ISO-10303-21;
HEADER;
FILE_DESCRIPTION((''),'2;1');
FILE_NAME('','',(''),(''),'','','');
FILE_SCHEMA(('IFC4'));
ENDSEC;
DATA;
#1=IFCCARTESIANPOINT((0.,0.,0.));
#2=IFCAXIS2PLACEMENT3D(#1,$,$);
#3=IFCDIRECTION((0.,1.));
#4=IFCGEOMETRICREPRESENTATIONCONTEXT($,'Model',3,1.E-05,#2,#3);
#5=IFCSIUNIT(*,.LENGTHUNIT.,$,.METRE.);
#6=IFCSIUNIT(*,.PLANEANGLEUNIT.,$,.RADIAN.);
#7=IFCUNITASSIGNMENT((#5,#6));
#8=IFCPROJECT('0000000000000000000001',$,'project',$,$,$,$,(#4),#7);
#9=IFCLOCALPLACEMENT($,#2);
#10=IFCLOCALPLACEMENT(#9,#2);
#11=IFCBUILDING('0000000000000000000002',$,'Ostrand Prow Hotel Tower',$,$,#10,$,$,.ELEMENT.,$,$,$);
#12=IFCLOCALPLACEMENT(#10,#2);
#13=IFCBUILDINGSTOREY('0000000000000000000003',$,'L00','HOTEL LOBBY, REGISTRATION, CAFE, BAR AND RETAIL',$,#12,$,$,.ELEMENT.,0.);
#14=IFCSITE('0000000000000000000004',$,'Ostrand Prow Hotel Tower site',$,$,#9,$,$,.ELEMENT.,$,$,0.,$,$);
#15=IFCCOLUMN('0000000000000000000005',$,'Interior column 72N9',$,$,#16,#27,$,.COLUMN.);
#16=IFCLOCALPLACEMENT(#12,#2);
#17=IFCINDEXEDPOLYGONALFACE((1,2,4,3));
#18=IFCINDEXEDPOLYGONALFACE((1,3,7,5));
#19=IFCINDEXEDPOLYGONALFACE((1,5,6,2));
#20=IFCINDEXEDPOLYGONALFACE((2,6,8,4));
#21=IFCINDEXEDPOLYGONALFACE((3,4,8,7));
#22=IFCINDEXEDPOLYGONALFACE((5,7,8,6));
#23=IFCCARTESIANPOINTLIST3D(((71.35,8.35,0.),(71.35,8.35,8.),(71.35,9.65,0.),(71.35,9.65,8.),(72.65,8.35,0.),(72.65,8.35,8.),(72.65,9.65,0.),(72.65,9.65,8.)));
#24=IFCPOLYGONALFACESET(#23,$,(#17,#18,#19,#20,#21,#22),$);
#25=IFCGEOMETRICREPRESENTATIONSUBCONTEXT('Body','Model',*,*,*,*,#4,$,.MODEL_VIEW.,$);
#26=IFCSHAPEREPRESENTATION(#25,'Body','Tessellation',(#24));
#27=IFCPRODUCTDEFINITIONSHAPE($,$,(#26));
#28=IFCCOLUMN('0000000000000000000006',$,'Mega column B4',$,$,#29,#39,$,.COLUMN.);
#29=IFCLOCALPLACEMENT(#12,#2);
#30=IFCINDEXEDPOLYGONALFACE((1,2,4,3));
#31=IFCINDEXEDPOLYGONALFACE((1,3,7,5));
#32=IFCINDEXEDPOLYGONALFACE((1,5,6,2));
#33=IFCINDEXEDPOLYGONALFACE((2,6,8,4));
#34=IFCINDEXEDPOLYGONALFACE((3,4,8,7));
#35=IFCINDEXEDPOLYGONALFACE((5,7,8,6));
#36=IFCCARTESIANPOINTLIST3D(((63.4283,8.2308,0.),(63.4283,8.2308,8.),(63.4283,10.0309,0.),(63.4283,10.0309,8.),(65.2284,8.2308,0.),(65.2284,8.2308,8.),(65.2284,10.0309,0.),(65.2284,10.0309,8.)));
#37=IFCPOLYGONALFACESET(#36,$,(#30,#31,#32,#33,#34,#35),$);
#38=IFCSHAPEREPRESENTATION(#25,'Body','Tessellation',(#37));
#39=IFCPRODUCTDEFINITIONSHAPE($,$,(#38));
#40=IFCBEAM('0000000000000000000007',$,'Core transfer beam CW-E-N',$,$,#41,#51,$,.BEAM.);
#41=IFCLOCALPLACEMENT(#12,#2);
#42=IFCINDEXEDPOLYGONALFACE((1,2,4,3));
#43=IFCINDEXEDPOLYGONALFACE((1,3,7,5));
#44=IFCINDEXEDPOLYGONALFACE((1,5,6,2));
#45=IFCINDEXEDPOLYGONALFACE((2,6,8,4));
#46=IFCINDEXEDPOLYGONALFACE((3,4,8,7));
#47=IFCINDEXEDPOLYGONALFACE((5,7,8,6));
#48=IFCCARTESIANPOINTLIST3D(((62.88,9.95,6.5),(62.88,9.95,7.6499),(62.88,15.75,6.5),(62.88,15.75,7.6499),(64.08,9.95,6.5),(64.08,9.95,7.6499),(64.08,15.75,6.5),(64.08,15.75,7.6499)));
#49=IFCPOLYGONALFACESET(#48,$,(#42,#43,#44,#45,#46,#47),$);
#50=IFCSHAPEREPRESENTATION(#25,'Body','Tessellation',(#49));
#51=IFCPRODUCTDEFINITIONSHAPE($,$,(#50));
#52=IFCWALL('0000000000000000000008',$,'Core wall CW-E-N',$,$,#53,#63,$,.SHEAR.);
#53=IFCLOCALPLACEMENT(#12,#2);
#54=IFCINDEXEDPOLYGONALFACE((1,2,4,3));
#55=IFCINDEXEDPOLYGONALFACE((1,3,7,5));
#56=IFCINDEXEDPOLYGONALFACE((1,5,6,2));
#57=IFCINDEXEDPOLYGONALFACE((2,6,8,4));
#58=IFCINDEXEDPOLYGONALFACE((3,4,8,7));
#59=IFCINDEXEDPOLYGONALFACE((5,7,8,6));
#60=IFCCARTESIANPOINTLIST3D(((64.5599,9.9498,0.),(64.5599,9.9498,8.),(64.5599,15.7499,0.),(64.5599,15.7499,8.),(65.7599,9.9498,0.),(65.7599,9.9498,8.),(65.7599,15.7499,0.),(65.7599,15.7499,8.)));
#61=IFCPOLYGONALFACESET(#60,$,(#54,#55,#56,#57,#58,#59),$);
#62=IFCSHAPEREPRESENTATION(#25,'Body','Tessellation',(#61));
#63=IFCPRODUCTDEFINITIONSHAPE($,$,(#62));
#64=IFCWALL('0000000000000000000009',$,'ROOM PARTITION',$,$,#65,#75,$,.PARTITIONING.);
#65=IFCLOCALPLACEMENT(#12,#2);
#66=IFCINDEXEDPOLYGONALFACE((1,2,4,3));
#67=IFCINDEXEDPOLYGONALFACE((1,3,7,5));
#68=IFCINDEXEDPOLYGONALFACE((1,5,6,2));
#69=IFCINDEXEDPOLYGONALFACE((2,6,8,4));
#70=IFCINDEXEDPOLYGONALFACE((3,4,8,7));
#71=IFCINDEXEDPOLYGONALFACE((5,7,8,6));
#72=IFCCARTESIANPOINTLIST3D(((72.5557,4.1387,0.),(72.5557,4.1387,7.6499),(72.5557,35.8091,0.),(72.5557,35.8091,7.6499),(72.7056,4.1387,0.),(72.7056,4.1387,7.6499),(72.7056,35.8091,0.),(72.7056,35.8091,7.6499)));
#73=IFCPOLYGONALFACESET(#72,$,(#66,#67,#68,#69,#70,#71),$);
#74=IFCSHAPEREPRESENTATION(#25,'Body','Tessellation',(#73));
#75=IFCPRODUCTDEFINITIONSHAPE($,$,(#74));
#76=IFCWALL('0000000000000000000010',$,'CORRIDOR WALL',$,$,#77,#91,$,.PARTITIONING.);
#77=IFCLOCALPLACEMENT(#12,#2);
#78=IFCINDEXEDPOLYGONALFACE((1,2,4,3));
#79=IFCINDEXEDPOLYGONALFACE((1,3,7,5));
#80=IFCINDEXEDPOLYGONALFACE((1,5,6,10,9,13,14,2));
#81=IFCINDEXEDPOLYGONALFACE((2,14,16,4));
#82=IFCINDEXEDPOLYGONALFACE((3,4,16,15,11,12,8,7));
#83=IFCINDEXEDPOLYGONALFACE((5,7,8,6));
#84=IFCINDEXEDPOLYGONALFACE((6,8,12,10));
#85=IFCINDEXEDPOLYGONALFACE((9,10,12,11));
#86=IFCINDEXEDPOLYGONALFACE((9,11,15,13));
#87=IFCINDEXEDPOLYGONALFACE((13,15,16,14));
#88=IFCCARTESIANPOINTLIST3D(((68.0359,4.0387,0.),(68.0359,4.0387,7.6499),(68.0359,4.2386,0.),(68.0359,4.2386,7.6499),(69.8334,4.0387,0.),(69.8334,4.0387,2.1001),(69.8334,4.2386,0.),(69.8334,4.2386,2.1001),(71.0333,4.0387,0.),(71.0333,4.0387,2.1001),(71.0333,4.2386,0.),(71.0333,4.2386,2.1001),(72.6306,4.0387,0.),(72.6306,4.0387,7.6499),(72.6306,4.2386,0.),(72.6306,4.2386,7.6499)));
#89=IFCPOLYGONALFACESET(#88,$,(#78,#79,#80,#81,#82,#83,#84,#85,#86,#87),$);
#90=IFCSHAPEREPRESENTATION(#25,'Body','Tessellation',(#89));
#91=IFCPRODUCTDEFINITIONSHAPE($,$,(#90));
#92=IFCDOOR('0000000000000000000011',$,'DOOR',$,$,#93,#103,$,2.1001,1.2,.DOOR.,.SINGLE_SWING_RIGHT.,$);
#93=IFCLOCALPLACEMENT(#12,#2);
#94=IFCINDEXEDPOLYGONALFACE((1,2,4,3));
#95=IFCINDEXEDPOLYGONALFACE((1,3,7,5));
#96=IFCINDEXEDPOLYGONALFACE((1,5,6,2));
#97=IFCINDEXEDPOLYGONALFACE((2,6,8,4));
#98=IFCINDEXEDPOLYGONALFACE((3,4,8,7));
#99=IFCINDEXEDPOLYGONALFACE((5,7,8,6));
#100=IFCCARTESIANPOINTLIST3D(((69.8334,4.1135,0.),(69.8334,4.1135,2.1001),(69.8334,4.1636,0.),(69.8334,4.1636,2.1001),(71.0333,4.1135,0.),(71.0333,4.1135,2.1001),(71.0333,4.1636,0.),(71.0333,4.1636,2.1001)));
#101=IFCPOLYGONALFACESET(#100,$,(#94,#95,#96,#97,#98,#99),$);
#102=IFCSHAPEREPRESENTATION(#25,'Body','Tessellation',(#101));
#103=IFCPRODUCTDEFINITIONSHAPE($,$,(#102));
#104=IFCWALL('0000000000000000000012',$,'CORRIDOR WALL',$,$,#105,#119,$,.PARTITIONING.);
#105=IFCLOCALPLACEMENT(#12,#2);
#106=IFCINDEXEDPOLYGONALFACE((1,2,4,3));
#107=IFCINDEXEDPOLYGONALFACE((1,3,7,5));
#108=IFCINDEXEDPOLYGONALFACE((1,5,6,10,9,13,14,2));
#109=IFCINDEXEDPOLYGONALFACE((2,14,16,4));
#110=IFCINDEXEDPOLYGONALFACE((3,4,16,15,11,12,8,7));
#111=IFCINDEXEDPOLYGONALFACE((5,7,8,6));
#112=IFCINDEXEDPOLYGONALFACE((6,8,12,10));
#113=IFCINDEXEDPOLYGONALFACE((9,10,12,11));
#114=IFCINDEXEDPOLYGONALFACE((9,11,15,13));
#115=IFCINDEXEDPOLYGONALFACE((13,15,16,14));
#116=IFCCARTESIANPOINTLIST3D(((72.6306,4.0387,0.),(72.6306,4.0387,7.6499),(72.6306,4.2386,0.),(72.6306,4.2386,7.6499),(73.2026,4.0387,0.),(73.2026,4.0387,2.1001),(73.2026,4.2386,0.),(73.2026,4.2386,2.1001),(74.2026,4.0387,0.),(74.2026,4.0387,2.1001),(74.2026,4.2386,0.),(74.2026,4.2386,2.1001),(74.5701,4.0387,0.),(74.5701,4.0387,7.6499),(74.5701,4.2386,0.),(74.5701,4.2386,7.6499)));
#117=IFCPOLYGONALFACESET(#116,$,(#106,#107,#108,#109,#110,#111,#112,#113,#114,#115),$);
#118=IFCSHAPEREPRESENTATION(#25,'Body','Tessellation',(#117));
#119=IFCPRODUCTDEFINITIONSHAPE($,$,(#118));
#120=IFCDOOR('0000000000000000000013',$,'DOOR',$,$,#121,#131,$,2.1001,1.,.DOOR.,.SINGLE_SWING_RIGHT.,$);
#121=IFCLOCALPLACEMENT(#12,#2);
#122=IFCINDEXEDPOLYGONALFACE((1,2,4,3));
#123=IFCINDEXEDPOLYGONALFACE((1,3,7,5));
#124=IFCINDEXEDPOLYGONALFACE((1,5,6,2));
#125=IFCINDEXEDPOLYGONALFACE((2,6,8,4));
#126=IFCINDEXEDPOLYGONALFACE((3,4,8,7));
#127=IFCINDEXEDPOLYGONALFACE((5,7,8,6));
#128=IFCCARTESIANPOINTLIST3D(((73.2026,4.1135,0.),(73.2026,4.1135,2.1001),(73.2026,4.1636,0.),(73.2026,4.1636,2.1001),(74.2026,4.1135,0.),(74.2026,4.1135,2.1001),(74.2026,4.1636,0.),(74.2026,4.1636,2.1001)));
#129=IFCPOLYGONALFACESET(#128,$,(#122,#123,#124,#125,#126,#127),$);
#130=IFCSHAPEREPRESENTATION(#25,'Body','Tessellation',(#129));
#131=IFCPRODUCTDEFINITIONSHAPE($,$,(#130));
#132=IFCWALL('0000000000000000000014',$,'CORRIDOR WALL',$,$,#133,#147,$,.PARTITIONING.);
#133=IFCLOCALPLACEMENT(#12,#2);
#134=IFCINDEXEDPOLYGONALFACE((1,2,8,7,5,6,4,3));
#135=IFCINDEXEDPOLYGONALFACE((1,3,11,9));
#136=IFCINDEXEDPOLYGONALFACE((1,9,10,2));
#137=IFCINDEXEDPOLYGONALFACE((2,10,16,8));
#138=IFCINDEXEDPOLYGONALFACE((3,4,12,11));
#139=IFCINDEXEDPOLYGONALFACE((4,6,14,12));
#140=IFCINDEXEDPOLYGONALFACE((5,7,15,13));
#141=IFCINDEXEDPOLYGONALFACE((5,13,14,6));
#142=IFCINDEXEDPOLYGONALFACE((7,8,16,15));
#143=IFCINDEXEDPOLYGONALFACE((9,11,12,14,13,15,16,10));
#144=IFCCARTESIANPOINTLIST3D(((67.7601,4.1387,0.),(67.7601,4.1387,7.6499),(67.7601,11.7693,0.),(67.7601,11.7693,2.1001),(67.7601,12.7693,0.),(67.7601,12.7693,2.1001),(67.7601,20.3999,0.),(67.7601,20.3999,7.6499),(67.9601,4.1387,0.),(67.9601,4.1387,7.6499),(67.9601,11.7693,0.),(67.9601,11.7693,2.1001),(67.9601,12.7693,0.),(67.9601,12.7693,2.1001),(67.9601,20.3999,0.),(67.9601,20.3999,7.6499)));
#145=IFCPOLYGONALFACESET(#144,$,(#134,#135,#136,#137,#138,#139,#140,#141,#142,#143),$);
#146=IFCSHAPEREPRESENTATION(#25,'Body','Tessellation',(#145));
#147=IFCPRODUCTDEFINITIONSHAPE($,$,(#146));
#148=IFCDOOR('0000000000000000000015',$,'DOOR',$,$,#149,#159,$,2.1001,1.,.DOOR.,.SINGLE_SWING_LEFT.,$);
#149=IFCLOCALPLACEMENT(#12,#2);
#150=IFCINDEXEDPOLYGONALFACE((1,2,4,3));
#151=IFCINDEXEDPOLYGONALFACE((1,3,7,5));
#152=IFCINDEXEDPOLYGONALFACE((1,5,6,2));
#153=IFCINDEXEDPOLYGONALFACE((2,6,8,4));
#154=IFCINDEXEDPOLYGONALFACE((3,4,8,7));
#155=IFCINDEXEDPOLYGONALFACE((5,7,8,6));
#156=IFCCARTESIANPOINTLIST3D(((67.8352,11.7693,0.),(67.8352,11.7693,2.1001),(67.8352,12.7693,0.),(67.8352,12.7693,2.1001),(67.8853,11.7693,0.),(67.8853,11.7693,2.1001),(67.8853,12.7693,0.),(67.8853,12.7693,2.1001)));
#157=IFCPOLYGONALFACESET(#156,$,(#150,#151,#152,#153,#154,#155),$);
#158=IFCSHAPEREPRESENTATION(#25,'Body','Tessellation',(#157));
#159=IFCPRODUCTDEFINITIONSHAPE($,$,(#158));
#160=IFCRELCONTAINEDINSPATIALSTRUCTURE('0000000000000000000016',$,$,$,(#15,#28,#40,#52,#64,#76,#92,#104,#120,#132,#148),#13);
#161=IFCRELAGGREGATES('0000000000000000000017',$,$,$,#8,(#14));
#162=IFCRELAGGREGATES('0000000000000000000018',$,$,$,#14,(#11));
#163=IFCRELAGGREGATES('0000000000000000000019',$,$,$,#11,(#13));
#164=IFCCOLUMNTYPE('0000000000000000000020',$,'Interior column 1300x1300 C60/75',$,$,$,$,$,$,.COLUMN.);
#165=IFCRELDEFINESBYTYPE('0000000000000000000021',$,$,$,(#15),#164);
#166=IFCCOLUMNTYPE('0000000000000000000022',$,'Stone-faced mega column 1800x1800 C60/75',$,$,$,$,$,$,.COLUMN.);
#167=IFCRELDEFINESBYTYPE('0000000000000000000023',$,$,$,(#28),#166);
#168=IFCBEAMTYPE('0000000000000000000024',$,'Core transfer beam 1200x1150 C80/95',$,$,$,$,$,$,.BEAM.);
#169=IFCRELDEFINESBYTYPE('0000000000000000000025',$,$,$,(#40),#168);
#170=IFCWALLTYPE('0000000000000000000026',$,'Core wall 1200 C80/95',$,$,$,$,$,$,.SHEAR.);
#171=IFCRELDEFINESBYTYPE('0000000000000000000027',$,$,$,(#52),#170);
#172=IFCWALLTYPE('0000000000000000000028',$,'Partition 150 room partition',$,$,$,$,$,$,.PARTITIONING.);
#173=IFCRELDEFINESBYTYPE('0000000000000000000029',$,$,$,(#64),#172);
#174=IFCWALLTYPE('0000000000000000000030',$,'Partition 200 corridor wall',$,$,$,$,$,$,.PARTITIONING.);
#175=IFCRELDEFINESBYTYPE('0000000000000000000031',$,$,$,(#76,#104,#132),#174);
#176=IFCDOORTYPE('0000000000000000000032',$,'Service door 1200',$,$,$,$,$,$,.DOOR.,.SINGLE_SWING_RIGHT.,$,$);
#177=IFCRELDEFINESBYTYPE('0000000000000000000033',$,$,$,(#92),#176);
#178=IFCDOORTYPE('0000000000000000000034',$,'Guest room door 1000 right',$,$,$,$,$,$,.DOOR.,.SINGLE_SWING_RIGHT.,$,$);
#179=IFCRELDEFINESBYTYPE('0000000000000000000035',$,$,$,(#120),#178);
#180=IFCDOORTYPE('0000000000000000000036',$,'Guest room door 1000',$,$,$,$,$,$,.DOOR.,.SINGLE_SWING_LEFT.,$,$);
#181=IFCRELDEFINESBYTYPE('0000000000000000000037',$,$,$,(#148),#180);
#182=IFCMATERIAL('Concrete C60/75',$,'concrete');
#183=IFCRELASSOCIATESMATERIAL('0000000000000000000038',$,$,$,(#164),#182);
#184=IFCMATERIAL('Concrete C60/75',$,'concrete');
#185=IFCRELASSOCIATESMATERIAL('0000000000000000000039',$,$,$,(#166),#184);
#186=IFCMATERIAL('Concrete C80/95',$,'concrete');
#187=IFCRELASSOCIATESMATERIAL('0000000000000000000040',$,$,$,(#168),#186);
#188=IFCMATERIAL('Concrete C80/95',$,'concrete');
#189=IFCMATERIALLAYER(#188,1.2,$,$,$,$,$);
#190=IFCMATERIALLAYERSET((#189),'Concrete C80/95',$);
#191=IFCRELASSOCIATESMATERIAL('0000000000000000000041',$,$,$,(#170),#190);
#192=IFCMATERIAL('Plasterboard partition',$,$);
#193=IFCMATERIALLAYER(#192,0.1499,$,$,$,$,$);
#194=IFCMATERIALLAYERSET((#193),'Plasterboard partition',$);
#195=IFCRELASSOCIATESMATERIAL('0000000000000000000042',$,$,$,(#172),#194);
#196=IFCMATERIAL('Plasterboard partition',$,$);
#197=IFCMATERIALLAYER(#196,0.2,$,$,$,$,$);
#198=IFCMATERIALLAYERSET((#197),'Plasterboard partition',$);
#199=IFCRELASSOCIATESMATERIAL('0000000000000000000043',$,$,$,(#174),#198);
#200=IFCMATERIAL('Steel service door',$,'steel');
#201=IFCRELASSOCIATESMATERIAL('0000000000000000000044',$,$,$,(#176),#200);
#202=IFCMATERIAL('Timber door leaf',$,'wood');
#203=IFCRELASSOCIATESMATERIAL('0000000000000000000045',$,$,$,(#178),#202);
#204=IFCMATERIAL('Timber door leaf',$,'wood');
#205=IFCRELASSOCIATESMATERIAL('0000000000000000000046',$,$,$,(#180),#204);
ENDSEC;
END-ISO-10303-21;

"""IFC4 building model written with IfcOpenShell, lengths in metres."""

from ifc_helpers import new_model, si_unit, direction, frame, frame_2d, origin, origin_2d, place, context, subcontext, project, spatial, rectangle, extrude, material, layer, layer_set, material_profile, profile_set, type_object, element, fill, save


model = new_model("IFC4")

# Units and contexts
model_context = context("Model", 3, precision=1e-05, world=origin(), true_north=direction((0.0, 1.0)))
body_context = subcontext(model_context, "Body", "Model", "MODEL_VIEW")
ifc_project = project(units=[si_unit("LENGTHUNIT", "METRE"), si_unit("PLANEANGLEUNIT", "RADIAN")], contexts=[model_context])

# Site, building, storey
site_placement = place(None, origin())
site = spatial("IfcSite", under=ifc_project, at=site_placement, Name="Ostrand Prow Hotel Tower site", CompositionType="ELEMENT", RefElevation=0.0)
building_placement = place(site_placement, origin())
building = spatial("IfcBuilding", under=site, at=building_placement, Name="Ostrand Prow Hotel Tower", CompositionType="ELEMENT")
storey_placement = place(building_placement, origin())
storey = spatial("IfcBuildingStorey", under=building, at=storey_placement, Name="L00", Description="HOTEL LOBBY, REGISTRATION, CAFE, BAR AND RETAIL", CompositionType="ELEMENT", Elevation=0.0)

# Columns
ifc_material_1 = material(Name="Concrete C60/75", Category="concrete")
ifc_material_profile_1 = material_profile(ifc_material_1, rectangle(XDim=1.3, YDim=1.3, at=origin_2d()), Name="RC 1300x1300")
ifc_profile_set_1 = profile_set([ifc_material_profile_1], Name="Concrete C60/75")
column_type_1 = type_object("IfcColumnType", Name="Interior column 1300x1300 C60/75", PredefinedType="COLUMN", material=ifc_profile_set_1)
column_1_placement = place(storey_placement, frame((72.0, 9.0, 0.0), z_axis=(0.0, 0.0, 1.0), x_axis=(1.0, 0.0, 0.0)))
element("IfcColumn", 1, at=column_1_placement, inside=storey, type_object=column_type_1, Name="Interior column 72N9", PredefinedType="COLUMN", context=body_context, shape_type="SweptSolid", body=[
    extrude(rectangle(XDim=1.3, YDim=1.3, at=origin_2d()), origin(), (0.0, 0.0, 1.0), 8.0),
])
ifc_material_2 = material(Name="Concrete C60/75", Category="concrete")
ifc_material_profile_2 = material_profile(ifc_material_2, rectangle(XDim=1.8, YDim=1.8, at=origin_2d()), Name="RC 1800x1800")
ifc_profile_set_2 = profile_set([ifc_material_profile_2], Name="Concrete C60/75")
column_type_2 = type_object("IfcColumnType", Name="Stone-faced mega column 1800x1800 C60/75", PredefinedType="COLUMN", material=ifc_profile_set_2)
column_2_placement = place(storey_placement, frame((64.3284, 9.1309, 0.0), z_axis=(0.0, 0.0, 1.0), x_axis=(1.0, 0.0, 0.0)))
element("IfcColumn", 2, at=column_2_placement, inside=storey, type_object=column_type_2, Name="Mega column B4", PredefinedType="COLUMN", context=body_context, shape_type="SweptSolid", body=[
    extrude(rectangle(XDim=1.8, YDim=1.8, at=origin_2d()), origin(), (0.0, 0.0, 1.0), 8.0),
])

# Beam
ifc_material_3 = material(Name="Concrete C80/95", Category="concrete")
ifc_material_profile_3 = material_profile(ifc_material_3, rectangle(XDim=1.2, YDim=1.1499, at=origin_2d()), Name="RC 1200x1150")
ifc_profile_set_3 = profile_set([ifc_material_profile_3], Name="Concrete C80/95")
beam_type = type_object("IfcBeamType", Name="Core transfer beam 1200x1150 C80/95", PredefinedType="BEAM", material=ifc_profile_set_3)
beam_placement = place(storey_placement, frame((63.48, 9.95, 7.075), z_axis=(0.0, 1.0, 0.0), x_axis=(-1.0, 0.0, 0.0)))
element("IfcBeam", 3, at=beam_placement, inside=storey, type_object=beam_type, Name="Core transfer beam CW-E-N", PredefinedType="BEAM", context=body_context, shape_type="SweptSolid", body=[
    extrude(rectangle(XDim=1.2, YDim=1.1499, at=origin_2d()), origin(), (0.0, 0.0, 1.0), 5.8),
])

# Walls
ifc_material_4 = material(Name="Concrete C80/95", Category="concrete")
ifc_layer_1 = layer(ifc_material_4, 1.2)
ifc_layer_set_1 = layer_set([ifc_layer_1], Name="Concrete C80/95")
wall_type_1 = type_object("IfcWallType", Name="Core wall 1200 C80/95", PredefinedType="SHEAR", material=ifc_layer_set_1)
wall_1_placement = place(storey_placement, frame((65.1599, 9.95, 0.0), z_axis=(0.0, 0.0, 1.0), x_axis=(0.0, 1.0, 0.0)))
element("IfcWall", 4, at=wall_1_placement, inside=storey, type_object=wall_type_1, Name="Core wall CW-E-N", PredefinedType="SHEAR", context=body_context, shape_type="SweptSolid", body=[
    extrude(rectangle(XDim=5.8, YDim=1.2, at=frame_2d((2.8999, 0.0))), origin(), (0.0, 0.0, 1.0), 8.0),
])
ifc_material_5 = material(Name="Plasterboard partition")
ifc_layer_2 = layer(ifc_material_5, 0.1499)
ifc_layer_set_2 = layer_set([ifc_layer_2], Name="Plasterboard partition")
wall_type_2 = type_object("IfcWallType", Name="Partition 150 room partition", PredefinedType="PARTITIONING", material=ifc_layer_set_2)
wall_2_placement = place(storey_placement, frame((72.6306, 4.1387, 0.0), z_axis=(0.0, 0.0, 1.0), x_axis=(0.0, 1.0, 0.0)))
element("IfcWall", 5, at=wall_2_placement, inside=storey, type_object=wall_type_2, Name="ROOM PARTITION", PredefinedType="PARTITIONING", context=body_context, shape_type="SweptSolid", body=[
    extrude(rectangle(XDim=31.6704, YDim=0.1499, at=frame_2d((15.8352, 0.0))), origin(), (0.0, 0.0, 1.0), 7.6499),
])

# Walls, openings, doors
ifc_material_6 = material(Name="Plasterboard partition")
ifc_layer_3 = layer(ifc_material_6, 0.2)
ifc_layer_set_3 = layer_set([ifc_layer_3], Name="Plasterboard partition")
wall_type_3 = type_object("IfcWallType", Name="Partition 200 corridor wall", PredefinedType="PARTITIONING", material=ifc_layer_set_3)
wall_3_placement = place(storey_placement, frame((68.0359, 4.1387, 0.0), z_axis=(0.0, 0.0, 1.0), x_axis=(1.0, 0.0, 0.0)))
wall_3 = element("IfcWall", 6, at=wall_3_placement, inside=storey, type_object=wall_type_3, Name="CORRIDOR WALL", PredefinedType="PARTITIONING", context=body_context, shape_type="SweptSolid", body=[
    extrude(rectangle(XDim=4.5947, YDim=0.2, at=frame_2d((2.2974, 0.0))), origin(), (0.0, 0.0, 1.0), 7.6499),
])
opening_1_placement = place(wall_3_placement, frame((1.7974, 0.0, 0.0)))
opening_1 = element("IfcOpeningElement", 7, at=opening_1_placement, cuts=wall_3, PredefinedType="OPENING", context=body_context, shape_type="SweptSolid", body=[
    extrude(rectangle(XDim=1.2, YDim=2.1001, at=frame_2d((0.6001, 1.05))), frame((0.0, 0.1099, 0.0), z_axis=(0.0, -1.0, 0.0), x_axis=(1.0, 0.0, 0.0)), (0.0, 0.0, 1.0), 0.22),
])
ifc_material_7 = material(Name="Steel service door", Category="steel")
door_type_1 = type_object("IfcDoorType", Name="Service door 1200", OperationType="SINGLE_SWING_RIGHT", PredefinedType="DOOR", material=ifc_material_7)
door_1_placement = place(opening_1_placement, origin())
door_1 = element("IfcDoor", 8, at=door_1_placement, inside=storey, type_object=door_type_1, Name="DOOR", OperationType="SINGLE_SWING_RIGHT", OverallHeight=2.1001, OverallWidth=1.2, PredefinedType="DOOR", context=body_context, shape_type="SweptSolid", body=[
    extrude(rectangle(XDim=1.2, YDim=2.1001, at=frame_2d((0.6001, 1.05))), frame((0.0, 0.0249, 0.0), z_axis=(0.0, -1.0, 0.0), x_axis=(1.0, 0.0, 0.0)), (0.0, 0.0, 1.0), 0.05),
])
fill(opening_1, door_1)
wall_4_placement = place(storey_placement, frame((72.6306, 4.1387, 0.0), z_axis=(0.0, 0.0, 1.0), x_axis=(1.0, 0.0, 0.0)))
wall_4 = element("IfcWall", 9, at=wall_4_placement, inside=storey, type_object=wall_type_3, Name="CORRIDOR WALL", PredefinedType="PARTITIONING", context=body_context, shape_type="SweptSolid", body=[
    extrude(rectangle(XDim=1.9395, YDim=0.2, at=frame_2d((0.9697, 0.0))), origin(), (0.0, 0.0, 1.0), 7.6499),
])
opening_2_placement = place(wall_4_placement, frame((0.572, 0.0, 0.0)))
opening_2 = element("IfcOpeningElement", 10, at=opening_2_placement, cuts=wall_4, PredefinedType="OPENING", context=body_context, shape_type="SweptSolid", body=[
    extrude(rectangle(XDim=1.0, YDim=2.1001, at=frame_2d((0.5, 1.05))), frame((0.0, 0.1099, 0.0), z_axis=(0.0, -1.0, 0.0), x_axis=(1.0, 0.0, 0.0)), (0.0, 0.0, 1.0), 0.22),
])
ifc_material_8 = material(Name="Timber door leaf", Category="wood")
door_type_2 = type_object("IfcDoorType", Name="Guest room door 1000 right", OperationType="SINGLE_SWING_RIGHT", PredefinedType="DOOR", material=ifc_material_8)
door_2_placement = place(opening_2_placement, origin())
door_2 = element("IfcDoor", 11, at=door_2_placement, inside=storey, type_object=door_type_2, Name="DOOR", OperationType="SINGLE_SWING_RIGHT", OverallHeight=2.1001, OverallWidth=1.0, PredefinedType="DOOR", context=body_context, shape_type="SweptSolid", body=[
    extrude(rectangle(XDim=1.0, YDim=2.1001, at=frame_2d((0.5, 1.05))), frame((0.0, 0.0249, 0.0), z_axis=(0.0, -1.0, 0.0), x_axis=(1.0, 0.0, 0.0)), (0.0, 0.0, 1.0), 0.05),
])
fill(opening_2, door_2)
wall_5_placement = place(storey_placement, frame((67.8601, 4.1387, 0.0), z_axis=(0.0, 0.0, 1.0), x_axis=(0.0, 1.0, 0.0)))
wall_5 = element("IfcWall", 12, at=wall_5_placement, inside=storey, type_object=wall_type_3, Name="CORRIDOR WALL", PredefinedType="PARTITIONING", context=body_context, shape_type="SweptSolid", body=[
    extrude(rectangle(XDim=16.2612, YDim=0.2, at=frame_2d((8.1306, 0.0))), origin(), (0.0, 0.0, 1.0), 7.6499),
])
opening_3_placement = place(wall_5_placement, frame((7.6306, 0.0, 0.0)))
opening_3 = element("IfcOpeningElement", 13, at=opening_3_placement, cuts=wall_5, PredefinedType="OPENING", context=body_context, shape_type="SweptSolid", body=[
    extrude(rectangle(XDim=1.0, YDim=2.1001, at=frame_2d((0.5, 1.05))), frame((0.0, 0.1099, 0.0), z_axis=(0.0, -1.0, 0.0), x_axis=(1.0, 0.0, 0.0)), (0.0, 0.0, 1.0), 0.22),
])
ifc_material_9 = material(Name="Timber door leaf", Category="wood")
door_type_3 = type_object("IfcDoorType", Name="Guest room door 1000", OperationType="SINGLE_SWING_LEFT", PredefinedType="DOOR", material=ifc_material_9)
door_3_placement = place(opening_3_placement, origin())
door_3 = element("IfcDoor", 14, at=door_3_placement, inside=storey, type_object=door_type_3, Name="DOOR", OperationType="SINGLE_SWING_LEFT", OverallHeight=2.1001, OverallWidth=1.0, PredefinedType="DOOR", context=body_context, shape_type="SweptSolid", body=[
    extrude(rectangle(XDim=1.0, YDim=2.1001, at=frame_2d((0.5, 1.05))), frame((0.0, 0.0249, 0.0), z_axis=(0.0, -1.0, 0.0), x_axis=(1.0, 0.0, 0.0)), (0.0, 0.0, 1.0), 0.05),
])
fill(opening_3, door_3)

save(model, "model.ifc")
